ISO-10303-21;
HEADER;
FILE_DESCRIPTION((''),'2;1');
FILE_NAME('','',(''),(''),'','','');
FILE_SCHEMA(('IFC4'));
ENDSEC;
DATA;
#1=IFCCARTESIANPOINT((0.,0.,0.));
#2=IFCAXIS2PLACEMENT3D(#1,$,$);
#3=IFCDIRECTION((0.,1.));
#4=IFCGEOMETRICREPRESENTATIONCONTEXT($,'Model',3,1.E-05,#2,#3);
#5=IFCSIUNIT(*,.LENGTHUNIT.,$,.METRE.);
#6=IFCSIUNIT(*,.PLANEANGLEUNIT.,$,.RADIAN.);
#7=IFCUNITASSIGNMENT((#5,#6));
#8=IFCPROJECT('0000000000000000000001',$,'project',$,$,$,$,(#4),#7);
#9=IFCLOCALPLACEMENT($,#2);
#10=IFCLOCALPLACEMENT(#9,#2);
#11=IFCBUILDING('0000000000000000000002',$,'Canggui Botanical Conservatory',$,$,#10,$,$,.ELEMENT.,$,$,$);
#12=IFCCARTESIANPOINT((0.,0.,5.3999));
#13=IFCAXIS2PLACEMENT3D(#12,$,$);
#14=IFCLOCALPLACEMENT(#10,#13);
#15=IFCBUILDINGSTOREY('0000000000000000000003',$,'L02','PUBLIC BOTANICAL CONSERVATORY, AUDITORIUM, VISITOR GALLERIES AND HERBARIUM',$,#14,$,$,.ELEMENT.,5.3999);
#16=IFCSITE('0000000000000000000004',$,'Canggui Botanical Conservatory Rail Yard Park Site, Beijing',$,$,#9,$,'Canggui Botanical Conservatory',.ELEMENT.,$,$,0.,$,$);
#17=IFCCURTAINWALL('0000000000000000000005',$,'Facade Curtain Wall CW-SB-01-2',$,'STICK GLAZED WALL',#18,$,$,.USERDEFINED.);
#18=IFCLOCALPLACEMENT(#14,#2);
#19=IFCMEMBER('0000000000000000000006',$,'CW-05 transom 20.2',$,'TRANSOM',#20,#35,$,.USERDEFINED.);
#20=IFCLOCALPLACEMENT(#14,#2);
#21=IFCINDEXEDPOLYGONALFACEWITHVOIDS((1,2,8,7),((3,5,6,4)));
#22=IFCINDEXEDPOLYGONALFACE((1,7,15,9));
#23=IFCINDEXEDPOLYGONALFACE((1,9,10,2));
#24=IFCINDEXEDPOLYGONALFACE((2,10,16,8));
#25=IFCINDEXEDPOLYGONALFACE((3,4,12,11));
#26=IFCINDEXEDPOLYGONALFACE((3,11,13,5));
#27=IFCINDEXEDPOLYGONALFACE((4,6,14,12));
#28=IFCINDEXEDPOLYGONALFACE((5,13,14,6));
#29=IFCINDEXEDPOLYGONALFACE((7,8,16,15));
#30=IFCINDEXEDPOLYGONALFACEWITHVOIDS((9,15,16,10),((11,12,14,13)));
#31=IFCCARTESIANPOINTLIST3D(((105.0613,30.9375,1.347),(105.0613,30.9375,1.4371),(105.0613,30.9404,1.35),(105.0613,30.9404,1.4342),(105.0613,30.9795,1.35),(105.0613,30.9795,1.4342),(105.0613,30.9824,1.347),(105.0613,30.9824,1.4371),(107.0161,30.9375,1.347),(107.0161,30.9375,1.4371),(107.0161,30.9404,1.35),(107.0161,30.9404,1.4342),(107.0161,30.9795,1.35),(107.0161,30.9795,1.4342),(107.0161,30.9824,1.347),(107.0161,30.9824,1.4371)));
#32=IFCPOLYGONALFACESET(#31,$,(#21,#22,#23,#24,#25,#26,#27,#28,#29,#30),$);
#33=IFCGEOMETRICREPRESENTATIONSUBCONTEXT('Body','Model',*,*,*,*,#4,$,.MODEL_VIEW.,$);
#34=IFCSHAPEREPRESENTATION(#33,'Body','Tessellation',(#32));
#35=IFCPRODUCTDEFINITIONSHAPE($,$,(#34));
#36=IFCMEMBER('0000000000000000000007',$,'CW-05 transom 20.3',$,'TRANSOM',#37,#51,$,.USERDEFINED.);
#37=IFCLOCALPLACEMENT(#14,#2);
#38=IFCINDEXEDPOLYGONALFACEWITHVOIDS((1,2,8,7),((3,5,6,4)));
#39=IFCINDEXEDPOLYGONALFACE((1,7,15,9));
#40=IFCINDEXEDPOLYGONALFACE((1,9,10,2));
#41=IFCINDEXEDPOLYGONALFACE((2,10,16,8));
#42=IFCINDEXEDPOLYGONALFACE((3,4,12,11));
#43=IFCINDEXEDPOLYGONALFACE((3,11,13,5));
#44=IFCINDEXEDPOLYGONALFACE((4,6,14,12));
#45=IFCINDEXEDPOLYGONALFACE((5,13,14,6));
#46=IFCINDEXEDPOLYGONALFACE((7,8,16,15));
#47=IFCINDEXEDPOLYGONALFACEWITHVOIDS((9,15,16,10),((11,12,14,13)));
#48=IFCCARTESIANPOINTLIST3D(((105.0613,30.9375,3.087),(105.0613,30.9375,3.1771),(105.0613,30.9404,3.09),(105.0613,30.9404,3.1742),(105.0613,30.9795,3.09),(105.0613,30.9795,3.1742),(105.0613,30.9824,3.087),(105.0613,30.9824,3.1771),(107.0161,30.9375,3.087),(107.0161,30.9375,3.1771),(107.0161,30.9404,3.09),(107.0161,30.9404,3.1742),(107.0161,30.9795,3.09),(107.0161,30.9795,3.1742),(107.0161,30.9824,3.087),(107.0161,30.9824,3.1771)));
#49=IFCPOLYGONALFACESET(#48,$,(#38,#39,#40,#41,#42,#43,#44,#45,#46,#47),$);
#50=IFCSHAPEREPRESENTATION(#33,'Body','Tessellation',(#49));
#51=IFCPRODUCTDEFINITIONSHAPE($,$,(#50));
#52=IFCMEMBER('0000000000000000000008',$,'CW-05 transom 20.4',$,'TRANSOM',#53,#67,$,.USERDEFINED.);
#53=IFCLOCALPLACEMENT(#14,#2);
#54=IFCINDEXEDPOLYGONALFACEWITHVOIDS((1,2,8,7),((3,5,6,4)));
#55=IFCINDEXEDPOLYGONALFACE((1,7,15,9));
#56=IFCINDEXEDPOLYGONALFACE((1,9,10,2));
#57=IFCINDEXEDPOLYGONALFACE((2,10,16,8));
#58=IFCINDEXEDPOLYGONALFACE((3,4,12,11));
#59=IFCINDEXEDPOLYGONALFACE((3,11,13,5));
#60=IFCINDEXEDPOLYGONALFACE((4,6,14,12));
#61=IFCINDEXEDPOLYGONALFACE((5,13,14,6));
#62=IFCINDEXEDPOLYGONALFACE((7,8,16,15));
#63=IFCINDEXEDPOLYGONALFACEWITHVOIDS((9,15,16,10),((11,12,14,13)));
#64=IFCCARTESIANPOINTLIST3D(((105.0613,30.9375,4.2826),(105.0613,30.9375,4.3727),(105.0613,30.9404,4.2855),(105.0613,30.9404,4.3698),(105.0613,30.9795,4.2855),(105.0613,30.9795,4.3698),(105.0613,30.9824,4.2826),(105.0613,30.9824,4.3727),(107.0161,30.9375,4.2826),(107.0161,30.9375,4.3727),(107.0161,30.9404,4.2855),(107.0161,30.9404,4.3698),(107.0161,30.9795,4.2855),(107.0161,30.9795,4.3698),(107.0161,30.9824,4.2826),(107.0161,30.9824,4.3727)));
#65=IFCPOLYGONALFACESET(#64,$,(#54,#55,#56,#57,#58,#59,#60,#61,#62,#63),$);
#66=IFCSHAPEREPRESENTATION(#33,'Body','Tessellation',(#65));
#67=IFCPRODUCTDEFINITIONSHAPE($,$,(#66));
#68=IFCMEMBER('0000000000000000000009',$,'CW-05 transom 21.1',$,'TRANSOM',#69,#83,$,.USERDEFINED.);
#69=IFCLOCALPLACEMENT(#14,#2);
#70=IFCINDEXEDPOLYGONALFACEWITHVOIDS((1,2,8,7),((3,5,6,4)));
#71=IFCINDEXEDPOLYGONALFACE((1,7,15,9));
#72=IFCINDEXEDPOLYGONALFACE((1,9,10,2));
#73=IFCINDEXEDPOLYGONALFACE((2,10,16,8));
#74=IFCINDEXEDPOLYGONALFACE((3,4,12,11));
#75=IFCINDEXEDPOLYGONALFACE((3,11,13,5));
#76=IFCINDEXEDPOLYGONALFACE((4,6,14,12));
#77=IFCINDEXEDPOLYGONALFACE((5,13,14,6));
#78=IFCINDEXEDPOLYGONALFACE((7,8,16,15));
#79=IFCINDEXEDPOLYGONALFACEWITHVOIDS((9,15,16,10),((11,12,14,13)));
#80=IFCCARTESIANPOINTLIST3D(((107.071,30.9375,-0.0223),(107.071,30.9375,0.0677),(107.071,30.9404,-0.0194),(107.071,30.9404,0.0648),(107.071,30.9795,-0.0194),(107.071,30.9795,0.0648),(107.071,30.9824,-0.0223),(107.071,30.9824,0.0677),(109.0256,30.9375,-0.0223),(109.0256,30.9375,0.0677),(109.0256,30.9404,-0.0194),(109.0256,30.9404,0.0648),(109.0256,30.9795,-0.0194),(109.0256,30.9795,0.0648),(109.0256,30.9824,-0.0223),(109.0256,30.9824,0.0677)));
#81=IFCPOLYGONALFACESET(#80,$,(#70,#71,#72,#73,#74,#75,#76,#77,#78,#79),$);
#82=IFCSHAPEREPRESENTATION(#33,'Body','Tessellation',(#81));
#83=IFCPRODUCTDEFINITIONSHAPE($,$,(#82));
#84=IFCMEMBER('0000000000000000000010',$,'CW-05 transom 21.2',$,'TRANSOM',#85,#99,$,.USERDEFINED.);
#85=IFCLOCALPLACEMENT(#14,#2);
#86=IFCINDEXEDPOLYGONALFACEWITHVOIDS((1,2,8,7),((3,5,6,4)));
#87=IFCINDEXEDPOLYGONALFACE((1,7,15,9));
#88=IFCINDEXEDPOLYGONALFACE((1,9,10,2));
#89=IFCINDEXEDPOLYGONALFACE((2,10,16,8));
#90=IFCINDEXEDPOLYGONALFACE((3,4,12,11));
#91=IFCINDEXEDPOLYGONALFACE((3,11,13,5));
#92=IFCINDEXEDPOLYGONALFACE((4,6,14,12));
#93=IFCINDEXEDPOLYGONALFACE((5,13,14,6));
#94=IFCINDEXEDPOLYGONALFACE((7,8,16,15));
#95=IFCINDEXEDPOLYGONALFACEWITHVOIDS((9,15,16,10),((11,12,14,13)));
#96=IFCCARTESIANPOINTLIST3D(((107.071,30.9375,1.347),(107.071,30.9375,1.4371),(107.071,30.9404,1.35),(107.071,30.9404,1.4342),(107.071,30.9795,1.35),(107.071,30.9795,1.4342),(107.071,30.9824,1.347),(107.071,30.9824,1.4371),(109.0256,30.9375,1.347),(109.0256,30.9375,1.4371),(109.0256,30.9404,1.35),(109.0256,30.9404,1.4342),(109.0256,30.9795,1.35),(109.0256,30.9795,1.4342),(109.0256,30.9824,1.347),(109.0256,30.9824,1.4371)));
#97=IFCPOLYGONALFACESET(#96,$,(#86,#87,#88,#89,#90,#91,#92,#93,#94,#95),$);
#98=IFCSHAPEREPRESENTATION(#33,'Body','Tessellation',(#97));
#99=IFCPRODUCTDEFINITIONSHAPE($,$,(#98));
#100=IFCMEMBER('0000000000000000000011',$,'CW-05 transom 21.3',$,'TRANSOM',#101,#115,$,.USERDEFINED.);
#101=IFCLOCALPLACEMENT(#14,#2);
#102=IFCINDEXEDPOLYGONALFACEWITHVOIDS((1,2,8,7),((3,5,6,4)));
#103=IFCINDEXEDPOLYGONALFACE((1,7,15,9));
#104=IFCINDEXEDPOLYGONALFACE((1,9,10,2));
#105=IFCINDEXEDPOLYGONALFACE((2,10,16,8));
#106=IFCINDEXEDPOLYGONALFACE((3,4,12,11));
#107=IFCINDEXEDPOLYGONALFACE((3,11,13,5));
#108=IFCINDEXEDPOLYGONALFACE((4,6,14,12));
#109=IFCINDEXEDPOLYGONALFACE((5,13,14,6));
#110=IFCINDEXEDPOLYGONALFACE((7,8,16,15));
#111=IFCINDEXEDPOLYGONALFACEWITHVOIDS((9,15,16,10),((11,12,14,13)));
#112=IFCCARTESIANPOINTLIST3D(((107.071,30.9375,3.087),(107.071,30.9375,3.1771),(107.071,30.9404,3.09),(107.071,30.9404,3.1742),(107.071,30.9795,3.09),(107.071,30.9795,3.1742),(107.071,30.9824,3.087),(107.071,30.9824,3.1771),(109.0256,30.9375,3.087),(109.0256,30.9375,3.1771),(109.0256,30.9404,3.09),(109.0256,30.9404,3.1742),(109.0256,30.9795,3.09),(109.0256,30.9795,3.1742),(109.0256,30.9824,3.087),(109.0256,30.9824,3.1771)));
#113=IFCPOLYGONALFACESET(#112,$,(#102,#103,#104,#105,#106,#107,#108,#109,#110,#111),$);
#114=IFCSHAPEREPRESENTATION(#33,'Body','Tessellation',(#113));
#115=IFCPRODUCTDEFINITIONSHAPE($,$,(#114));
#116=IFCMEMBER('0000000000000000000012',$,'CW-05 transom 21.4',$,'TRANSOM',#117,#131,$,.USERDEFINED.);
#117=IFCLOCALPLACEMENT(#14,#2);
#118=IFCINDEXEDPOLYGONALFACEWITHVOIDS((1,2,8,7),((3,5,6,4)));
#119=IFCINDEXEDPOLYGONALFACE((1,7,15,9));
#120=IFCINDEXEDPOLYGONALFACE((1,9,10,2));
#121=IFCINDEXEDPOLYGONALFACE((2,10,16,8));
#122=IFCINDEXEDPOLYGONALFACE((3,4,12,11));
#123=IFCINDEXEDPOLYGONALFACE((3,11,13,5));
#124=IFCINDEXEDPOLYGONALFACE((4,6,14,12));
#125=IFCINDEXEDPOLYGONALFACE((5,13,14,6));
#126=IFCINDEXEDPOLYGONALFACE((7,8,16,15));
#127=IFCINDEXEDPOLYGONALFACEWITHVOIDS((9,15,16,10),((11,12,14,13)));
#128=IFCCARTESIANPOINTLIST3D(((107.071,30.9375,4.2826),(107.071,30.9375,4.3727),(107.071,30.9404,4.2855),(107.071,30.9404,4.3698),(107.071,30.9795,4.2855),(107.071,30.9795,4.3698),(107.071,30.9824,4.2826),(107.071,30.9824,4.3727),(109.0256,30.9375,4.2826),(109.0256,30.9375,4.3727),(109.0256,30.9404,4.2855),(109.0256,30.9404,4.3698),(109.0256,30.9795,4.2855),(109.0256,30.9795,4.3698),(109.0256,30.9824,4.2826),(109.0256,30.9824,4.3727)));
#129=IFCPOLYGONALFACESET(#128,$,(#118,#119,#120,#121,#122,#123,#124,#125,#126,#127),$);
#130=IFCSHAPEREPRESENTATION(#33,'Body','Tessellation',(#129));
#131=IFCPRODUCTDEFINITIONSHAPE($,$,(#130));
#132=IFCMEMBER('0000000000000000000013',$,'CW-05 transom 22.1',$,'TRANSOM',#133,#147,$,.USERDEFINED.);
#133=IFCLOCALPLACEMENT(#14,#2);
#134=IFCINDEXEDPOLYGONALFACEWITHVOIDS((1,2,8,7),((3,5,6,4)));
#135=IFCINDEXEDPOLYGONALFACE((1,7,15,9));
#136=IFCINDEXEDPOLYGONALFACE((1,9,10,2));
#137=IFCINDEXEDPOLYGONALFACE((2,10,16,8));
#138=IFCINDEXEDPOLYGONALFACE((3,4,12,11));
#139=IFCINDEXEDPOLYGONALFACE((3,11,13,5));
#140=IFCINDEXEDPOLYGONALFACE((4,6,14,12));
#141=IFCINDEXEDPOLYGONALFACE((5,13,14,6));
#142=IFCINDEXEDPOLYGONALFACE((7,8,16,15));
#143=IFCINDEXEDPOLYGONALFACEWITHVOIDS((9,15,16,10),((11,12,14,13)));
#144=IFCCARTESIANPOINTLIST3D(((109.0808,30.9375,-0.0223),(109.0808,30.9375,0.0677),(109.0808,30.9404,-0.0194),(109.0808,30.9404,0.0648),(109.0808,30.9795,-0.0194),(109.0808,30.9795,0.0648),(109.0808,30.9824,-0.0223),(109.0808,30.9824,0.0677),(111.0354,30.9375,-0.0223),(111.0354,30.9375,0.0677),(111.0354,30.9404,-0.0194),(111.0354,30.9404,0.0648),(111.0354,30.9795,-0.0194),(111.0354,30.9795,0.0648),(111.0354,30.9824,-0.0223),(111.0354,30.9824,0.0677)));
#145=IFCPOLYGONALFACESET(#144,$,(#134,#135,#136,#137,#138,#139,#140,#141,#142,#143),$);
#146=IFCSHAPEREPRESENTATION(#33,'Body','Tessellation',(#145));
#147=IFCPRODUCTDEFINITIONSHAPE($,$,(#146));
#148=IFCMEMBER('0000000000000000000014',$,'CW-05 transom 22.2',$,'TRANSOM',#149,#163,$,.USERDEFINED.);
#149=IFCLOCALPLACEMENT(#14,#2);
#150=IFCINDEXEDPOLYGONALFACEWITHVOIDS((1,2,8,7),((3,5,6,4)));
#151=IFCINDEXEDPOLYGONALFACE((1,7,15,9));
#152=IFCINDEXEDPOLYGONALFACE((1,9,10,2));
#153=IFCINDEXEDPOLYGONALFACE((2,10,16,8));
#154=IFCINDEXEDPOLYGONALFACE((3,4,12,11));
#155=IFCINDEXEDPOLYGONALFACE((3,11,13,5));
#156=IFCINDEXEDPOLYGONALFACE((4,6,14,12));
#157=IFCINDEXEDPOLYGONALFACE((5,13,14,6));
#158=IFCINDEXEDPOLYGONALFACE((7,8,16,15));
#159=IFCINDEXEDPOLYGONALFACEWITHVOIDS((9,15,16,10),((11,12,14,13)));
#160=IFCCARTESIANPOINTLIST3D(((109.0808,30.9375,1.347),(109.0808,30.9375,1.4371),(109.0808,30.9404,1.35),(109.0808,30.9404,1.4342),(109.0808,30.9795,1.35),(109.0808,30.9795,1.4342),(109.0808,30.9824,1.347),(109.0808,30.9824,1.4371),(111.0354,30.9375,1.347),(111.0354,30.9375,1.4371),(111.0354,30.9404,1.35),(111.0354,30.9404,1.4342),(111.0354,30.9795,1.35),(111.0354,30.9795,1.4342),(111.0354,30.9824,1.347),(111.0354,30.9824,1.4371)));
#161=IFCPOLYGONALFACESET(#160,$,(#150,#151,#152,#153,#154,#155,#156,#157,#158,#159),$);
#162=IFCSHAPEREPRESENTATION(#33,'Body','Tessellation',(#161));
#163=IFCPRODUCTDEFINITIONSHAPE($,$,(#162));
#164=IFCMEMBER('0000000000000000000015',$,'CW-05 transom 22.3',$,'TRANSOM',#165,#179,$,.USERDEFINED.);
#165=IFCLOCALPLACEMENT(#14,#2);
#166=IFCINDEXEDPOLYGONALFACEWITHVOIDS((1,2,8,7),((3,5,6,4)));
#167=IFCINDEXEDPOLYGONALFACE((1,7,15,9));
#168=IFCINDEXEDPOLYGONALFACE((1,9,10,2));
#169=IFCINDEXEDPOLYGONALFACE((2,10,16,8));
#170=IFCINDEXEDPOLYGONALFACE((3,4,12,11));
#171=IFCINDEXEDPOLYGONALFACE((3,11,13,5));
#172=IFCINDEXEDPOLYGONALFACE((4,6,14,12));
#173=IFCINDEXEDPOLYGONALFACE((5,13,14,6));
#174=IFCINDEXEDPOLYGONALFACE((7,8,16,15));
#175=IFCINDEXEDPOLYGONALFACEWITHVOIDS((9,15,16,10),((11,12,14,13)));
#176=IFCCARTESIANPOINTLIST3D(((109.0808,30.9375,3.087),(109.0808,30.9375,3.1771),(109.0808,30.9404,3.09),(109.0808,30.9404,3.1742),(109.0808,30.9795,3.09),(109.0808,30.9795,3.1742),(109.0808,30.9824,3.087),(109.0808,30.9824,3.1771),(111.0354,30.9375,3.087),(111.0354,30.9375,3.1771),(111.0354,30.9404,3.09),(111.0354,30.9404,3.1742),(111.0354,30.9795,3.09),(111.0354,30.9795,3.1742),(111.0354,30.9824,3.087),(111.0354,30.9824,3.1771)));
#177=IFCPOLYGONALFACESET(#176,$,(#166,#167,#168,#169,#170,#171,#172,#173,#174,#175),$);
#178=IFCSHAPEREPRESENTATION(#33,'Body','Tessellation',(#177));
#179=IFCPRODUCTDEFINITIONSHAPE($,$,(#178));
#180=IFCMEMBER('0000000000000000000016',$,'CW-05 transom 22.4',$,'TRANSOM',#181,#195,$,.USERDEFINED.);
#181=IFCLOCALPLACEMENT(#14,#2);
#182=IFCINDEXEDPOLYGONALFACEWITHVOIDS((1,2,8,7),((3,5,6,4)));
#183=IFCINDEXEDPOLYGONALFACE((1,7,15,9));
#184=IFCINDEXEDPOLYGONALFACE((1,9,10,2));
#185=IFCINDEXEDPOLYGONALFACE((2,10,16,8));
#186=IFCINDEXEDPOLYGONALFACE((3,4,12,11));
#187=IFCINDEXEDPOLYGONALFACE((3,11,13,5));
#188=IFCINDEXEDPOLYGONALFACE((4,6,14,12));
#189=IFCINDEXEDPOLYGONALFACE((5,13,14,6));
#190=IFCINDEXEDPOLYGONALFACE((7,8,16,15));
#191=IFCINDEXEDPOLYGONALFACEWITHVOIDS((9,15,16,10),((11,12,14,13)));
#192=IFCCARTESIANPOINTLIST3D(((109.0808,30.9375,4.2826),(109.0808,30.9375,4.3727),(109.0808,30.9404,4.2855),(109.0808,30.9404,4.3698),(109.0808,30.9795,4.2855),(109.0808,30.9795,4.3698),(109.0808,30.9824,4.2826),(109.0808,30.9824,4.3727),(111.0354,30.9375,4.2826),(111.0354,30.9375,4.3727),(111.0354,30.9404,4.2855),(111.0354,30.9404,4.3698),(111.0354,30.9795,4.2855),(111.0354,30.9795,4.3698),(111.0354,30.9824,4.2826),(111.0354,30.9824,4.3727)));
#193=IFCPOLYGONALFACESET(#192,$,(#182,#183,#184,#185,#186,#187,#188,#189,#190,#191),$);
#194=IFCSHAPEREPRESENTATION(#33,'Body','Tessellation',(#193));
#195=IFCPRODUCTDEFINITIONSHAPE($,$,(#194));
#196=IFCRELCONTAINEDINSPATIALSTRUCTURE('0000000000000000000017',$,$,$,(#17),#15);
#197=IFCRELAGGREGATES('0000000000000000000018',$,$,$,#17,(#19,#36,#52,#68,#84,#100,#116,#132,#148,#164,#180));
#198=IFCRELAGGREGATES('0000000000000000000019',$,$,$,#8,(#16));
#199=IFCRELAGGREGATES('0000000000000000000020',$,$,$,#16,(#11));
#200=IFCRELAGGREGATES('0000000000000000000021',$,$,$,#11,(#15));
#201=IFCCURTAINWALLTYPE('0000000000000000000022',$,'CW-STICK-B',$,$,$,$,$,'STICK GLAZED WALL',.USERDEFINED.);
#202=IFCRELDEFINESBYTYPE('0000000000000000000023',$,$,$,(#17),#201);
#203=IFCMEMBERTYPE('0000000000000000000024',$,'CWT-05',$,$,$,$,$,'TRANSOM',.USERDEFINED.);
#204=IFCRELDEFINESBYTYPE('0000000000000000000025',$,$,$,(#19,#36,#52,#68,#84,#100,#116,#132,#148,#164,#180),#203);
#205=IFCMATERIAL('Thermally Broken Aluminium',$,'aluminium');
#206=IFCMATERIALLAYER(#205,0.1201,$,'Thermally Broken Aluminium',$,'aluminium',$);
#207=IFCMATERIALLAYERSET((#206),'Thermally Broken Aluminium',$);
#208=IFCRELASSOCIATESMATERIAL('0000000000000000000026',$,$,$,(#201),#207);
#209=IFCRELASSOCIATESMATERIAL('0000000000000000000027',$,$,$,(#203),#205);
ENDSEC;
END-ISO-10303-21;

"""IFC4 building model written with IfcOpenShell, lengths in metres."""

from ifc_helpers import new_model, si_unit, direction, frame, origin, origin_2d, place, context, subcontext, project, spatial, hollow_rectangle, extrude, material, layer, layer_set, material_profile, profile_set, type_object, element, aggregate, save


model = new_model("IFC4")

# Units and contexts
model_context = context("Model", 3, precision=1e-05, world=origin(), true_north=direction((0.0, 1.0)))
body_context = subcontext(model_context, "Body", "Model", "MODEL_VIEW")
ifc_project = project(units=[si_unit("LENGTHUNIT", "METRE"), si_unit("PLANEANGLEUNIT", "RADIAN")], contexts=[model_context])

# Site, building, storey
site_placement = place(None, origin())
site = spatial("IfcSite", under=ifc_project, at=site_placement, Name="Canggui Botanical Conservatory Rail Yard Park Site, Beijing", LongName="Canggui Botanical Conservatory", CompositionType="ELEMENT", RefElevation=0.0)
building_placement = place(site_placement, origin())
building = spatial("IfcBuilding", under=site, at=building_placement, Name="Canggui Botanical Conservatory", CompositionType="ELEMENT")
storey_placement = place(building_placement, frame((0.0, 0.0, 5.3999)))
storey = spatial("IfcBuildingStorey", under=building, at=storey_placement, Name="L02", Description="PUBLIC BOTANICAL CONSERVATORY, AUDITORIUM, VISITOR GALLERIES AND HERBARIUM", CompositionType="ELEMENT", Elevation=5.3999)

# Curtain wall, members
ifc_material_1 = material(Name="Thermally Broken Aluminium", Category="aluminium")
ifc_layer_1 = layer(ifc_material_1, 0.1201, Name="Thermally Broken Aluminium", Category="aluminium")
ifc_layer_set_1 = layer_set([ifc_layer_1], Name="Thermally Broken Aluminium")
curtain_wall_type = type_object("IfcCurtainWallType", Name="CW-STICK-B", ElementType="STICK GLAZED WALL", PredefinedType="USERDEFINED", material=ifc_layer_set_1)
curtain_wall_placement = place(storey_placement, origin())
curtain_wall = element("IfcCurtainWall", 1, at=curtain_wall_placement, inside=storey, type_object=curtain_wall_type, Name="Facade Curtain Wall CW-SB-01-2", ObjectType="STICK GLAZED WALL", PredefinedType="USERDEFINED")
ifc_material_profile_1 = material_profile(ifc_material_1, hollow_rectangle(XDim=0.0449, YDim=0.0901, WallThickness=0.0029, at=origin_2d()), Name="CWT 45x90x3")
ifc_profile_set_1 = profile_set([ifc_material_profile_1], Name="Thermally Broken Aluminium")
member_type_1 = type_object("IfcMemberType", Name="CWT-05", ElementType="TRANSOM", PredefinedType="USERDEFINED", material=ifc_profile_set_1)
member_1_placement = place(storey_placement, frame((105.0613, 30.96, 1.3921), z_axis=(1.0, 0.0, 0.0), x_axis=(0.0, 1.0, 0.0)))
member_1 = element("IfcMember", 2, at=member_1_placement, type_object=member_type_1, Name="CW-05 transom 20.2", ObjectType="TRANSOM", PredefinedType="USERDEFINED", context=body_context, shape_type="SweptSolid", body=[
    extrude(hollow_rectangle(XDim=0.0449, YDim=0.0901, WallThickness=0.0029, at=origin_2d()), origin(), (0.0, 0.0, 1.0), 1.9548),
])
member_2_placement = place(storey_placement, frame((105.0613, 30.96, 3.1321), z_axis=(1.0, 0.0, 0.0), x_axis=(0.0, 1.0, 0.0)))
member_2 = element("IfcMember", 3, at=member_2_placement, type_object=member_type_1, Name="CW-05 transom 20.3", ObjectType="TRANSOM", PredefinedType="USERDEFINED", context=body_context, shape_type="SweptSolid", body=[
    extrude(hollow_rectangle(XDim=0.0449, YDim=0.0901, WallThickness=0.0029, at=origin_2d()), origin(), (0.0, 0.0, 1.0), 1.9548),
])
member_3_placement = place(storey_placement, frame((105.0613, 30.96, 4.3276), z_axis=(1.0, 0.0, 0.0), x_axis=(0.0, 1.0, 0.0)))
member_3 = element("IfcMember", 4, at=member_3_placement, type_object=member_type_1, Name="CW-05 transom 20.4", ObjectType="TRANSOM", PredefinedType="USERDEFINED", context=body_context, shape_type="SweptSolid", body=[
    extrude(hollow_rectangle(XDim=0.0449, YDim=0.0901, WallThickness=0.0029, at=origin_2d()), origin(), (0.0, 0.0, 1.0), 1.9548),
])
member_4_placement = place(storey_placement, frame((107.071, 30.96, 0.0227), z_axis=(1.0, 0.0, 0.0), x_axis=(0.0, 1.0, 0.0)))
member_4 = element("IfcMember", 5, at=member_4_placement, type_object=member_type_1, Name="CW-05 transom 21.1", ObjectType="TRANSOM", PredefinedType="USERDEFINED", context=body_context, shape_type="SweptSolid", body=[
    extrude(hollow_rectangle(XDim=0.0449, YDim=0.0901, WallThickness=0.0029, at=origin_2d()), origin(), (0.0, 0.0, 1.0), 1.9546),
])
member_5_placement = place(storey_placement, frame((107.071, 30.96, 1.3921), z_axis=(1.0, 0.0, 0.0), x_axis=(0.0, 1.0, 0.0)))
member_5 = element("IfcMember", 6, at=member_5_placement, type_object=member_type_1, Name="CW-05 transom 21.2", ObjectType="TRANSOM", PredefinedType="USERDEFINED", context=body_context, shape_type="SweptSolid", body=[
    extrude(hollow_rectangle(XDim=0.0449, YDim=0.0901, WallThickness=0.0029, at=origin_2d()), origin(), (0.0, 0.0, 1.0), 1.9546),
])
member_6_placement = place(storey_placement, frame((107.071, 30.96, 3.1321), z_axis=(1.0, 0.0, 0.0), x_axis=(0.0, 1.0, 0.0)))
member_6 = element("IfcMember", 7, at=member_6_placement, type_object=member_type_1, Name="CW-05 transom 21.3", ObjectType="TRANSOM", PredefinedType="USERDEFINED", context=body_context, shape_type="SweptSolid", body=[
    extrude(hollow_rectangle(XDim=0.0449, YDim=0.0901, WallThickness=0.0029, at=origin_2d()), origin(), (0.0, 0.0, 1.0), 1.9546),
])
member_7_placement = place(storey_placement, frame((107.071, 30.96, 4.3276), z_axis=(1.0, 0.0, 0.0), x_axis=(0.0, 1.0, 0.0)))
member_7 = element("IfcMember", 8, at=member_7_placement, type_object=member_type_1, Name="CW-05 transom 21.4", ObjectType="TRANSOM", PredefinedType="USERDEFINED", context=body_context, shape_type="SweptSolid", body=[
    extrude(hollow_rectangle(XDim=0.0449, YDim=0.0901, WallThickness=0.0029, at=origin_2d()), origin(), (0.0, 0.0, 1.0), 1.9546),
])
member_8_placement = place(storey_placement, frame((109.0808, 30.96, 0.0227), z_axis=(1.0, 0.0, 0.0), x_axis=(0.0, 1.0, 0.0)))
member_8 = element("IfcMember", 9, at=member_8_placement, type_object=member_type_1, Name="CW-05 transom 22.1", ObjectType="TRANSOM", PredefinedType="USERDEFINED", context=body_context, shape_type="SweptSolid", body=[
    extrude(hollow_rectangle(XDim=0.0449, YDim=0.0901, WallThickness=0.0029, at=origin_2d()), origin(), (0.0, 0.0, 1.0), 1.9546),
])
member_9_placement = place(storey_placement, frame((109.0808, 30.96, 1.3921), z_axis=(1.0, 0.0, 0.0), x_axis=(0.0, 1.0, 0.0)))
member_9 = element("IfcMember", 10, at=member_9_placement, type_object=member_type_1, Name="CW-05 transom 22.2", ObjectType="TRANSOM", PredefinedType="USERDEFINED", context=body_context, shape_type="SweptSolid", body=[
    extrude(hollow_rectangle(XDim=0.0449, YDim=0.0901, WallThickness=0.0029, at=origin_2d()), origin(), (0.0, 0.0, 1.0), 1.9546),
])
member_10_placement = place(storey_placement, frame((109.0808, 30.96, 3.1321), z_axis=(1.0, 0.0, 0.0), x_axis=(0.0, 1.0, 0.0)))
member_10 = element("IfcMember", 11, at=member_10_placement, type_object=member_type_1, Name="CW-05 transom 22.3", ObjectType="TRANSOM", PredefinedType="USERDEFINED", context=body_context, shape_type="SweptSolid", body=[
    extrude(hollow_rectangle(XDim=0.0449, YDim=0.0901, WallThickness=0.0029, at=origin_2d()), origin(), (0.0, 0.0, 1.0), 1.9546),
])
member_11_placement = place(storey_placement, frame((109.0808, 30.96, 4.3276), z_axis=(1.0, 0.0, 0.0), x_axis=(0.0, 1.0, 0.0)))
member_11 = element("IfcMember", 12, at=member_11_placement, type_object=member_type_1, Name="CW-05 transom 22.4", ObjectType="TRANSOM", PredefinedType="USERDEFINED", context=body_context, shape_type="SweptSolid", body=[
    extrude(hollow_rectangle(XDim=0.0449, YDim=0.0901, WallThickness=0.0029, at=origin_2d()), origin(), (0.0, 0.0, 1.0), 1.9546),
])

aggregate(curtain_wall, [member_1, member_2, member_3, member_4, member_5, member_6, member_7, member_8, member_9, member_10, member_11])

save(model, "model.ifc")
